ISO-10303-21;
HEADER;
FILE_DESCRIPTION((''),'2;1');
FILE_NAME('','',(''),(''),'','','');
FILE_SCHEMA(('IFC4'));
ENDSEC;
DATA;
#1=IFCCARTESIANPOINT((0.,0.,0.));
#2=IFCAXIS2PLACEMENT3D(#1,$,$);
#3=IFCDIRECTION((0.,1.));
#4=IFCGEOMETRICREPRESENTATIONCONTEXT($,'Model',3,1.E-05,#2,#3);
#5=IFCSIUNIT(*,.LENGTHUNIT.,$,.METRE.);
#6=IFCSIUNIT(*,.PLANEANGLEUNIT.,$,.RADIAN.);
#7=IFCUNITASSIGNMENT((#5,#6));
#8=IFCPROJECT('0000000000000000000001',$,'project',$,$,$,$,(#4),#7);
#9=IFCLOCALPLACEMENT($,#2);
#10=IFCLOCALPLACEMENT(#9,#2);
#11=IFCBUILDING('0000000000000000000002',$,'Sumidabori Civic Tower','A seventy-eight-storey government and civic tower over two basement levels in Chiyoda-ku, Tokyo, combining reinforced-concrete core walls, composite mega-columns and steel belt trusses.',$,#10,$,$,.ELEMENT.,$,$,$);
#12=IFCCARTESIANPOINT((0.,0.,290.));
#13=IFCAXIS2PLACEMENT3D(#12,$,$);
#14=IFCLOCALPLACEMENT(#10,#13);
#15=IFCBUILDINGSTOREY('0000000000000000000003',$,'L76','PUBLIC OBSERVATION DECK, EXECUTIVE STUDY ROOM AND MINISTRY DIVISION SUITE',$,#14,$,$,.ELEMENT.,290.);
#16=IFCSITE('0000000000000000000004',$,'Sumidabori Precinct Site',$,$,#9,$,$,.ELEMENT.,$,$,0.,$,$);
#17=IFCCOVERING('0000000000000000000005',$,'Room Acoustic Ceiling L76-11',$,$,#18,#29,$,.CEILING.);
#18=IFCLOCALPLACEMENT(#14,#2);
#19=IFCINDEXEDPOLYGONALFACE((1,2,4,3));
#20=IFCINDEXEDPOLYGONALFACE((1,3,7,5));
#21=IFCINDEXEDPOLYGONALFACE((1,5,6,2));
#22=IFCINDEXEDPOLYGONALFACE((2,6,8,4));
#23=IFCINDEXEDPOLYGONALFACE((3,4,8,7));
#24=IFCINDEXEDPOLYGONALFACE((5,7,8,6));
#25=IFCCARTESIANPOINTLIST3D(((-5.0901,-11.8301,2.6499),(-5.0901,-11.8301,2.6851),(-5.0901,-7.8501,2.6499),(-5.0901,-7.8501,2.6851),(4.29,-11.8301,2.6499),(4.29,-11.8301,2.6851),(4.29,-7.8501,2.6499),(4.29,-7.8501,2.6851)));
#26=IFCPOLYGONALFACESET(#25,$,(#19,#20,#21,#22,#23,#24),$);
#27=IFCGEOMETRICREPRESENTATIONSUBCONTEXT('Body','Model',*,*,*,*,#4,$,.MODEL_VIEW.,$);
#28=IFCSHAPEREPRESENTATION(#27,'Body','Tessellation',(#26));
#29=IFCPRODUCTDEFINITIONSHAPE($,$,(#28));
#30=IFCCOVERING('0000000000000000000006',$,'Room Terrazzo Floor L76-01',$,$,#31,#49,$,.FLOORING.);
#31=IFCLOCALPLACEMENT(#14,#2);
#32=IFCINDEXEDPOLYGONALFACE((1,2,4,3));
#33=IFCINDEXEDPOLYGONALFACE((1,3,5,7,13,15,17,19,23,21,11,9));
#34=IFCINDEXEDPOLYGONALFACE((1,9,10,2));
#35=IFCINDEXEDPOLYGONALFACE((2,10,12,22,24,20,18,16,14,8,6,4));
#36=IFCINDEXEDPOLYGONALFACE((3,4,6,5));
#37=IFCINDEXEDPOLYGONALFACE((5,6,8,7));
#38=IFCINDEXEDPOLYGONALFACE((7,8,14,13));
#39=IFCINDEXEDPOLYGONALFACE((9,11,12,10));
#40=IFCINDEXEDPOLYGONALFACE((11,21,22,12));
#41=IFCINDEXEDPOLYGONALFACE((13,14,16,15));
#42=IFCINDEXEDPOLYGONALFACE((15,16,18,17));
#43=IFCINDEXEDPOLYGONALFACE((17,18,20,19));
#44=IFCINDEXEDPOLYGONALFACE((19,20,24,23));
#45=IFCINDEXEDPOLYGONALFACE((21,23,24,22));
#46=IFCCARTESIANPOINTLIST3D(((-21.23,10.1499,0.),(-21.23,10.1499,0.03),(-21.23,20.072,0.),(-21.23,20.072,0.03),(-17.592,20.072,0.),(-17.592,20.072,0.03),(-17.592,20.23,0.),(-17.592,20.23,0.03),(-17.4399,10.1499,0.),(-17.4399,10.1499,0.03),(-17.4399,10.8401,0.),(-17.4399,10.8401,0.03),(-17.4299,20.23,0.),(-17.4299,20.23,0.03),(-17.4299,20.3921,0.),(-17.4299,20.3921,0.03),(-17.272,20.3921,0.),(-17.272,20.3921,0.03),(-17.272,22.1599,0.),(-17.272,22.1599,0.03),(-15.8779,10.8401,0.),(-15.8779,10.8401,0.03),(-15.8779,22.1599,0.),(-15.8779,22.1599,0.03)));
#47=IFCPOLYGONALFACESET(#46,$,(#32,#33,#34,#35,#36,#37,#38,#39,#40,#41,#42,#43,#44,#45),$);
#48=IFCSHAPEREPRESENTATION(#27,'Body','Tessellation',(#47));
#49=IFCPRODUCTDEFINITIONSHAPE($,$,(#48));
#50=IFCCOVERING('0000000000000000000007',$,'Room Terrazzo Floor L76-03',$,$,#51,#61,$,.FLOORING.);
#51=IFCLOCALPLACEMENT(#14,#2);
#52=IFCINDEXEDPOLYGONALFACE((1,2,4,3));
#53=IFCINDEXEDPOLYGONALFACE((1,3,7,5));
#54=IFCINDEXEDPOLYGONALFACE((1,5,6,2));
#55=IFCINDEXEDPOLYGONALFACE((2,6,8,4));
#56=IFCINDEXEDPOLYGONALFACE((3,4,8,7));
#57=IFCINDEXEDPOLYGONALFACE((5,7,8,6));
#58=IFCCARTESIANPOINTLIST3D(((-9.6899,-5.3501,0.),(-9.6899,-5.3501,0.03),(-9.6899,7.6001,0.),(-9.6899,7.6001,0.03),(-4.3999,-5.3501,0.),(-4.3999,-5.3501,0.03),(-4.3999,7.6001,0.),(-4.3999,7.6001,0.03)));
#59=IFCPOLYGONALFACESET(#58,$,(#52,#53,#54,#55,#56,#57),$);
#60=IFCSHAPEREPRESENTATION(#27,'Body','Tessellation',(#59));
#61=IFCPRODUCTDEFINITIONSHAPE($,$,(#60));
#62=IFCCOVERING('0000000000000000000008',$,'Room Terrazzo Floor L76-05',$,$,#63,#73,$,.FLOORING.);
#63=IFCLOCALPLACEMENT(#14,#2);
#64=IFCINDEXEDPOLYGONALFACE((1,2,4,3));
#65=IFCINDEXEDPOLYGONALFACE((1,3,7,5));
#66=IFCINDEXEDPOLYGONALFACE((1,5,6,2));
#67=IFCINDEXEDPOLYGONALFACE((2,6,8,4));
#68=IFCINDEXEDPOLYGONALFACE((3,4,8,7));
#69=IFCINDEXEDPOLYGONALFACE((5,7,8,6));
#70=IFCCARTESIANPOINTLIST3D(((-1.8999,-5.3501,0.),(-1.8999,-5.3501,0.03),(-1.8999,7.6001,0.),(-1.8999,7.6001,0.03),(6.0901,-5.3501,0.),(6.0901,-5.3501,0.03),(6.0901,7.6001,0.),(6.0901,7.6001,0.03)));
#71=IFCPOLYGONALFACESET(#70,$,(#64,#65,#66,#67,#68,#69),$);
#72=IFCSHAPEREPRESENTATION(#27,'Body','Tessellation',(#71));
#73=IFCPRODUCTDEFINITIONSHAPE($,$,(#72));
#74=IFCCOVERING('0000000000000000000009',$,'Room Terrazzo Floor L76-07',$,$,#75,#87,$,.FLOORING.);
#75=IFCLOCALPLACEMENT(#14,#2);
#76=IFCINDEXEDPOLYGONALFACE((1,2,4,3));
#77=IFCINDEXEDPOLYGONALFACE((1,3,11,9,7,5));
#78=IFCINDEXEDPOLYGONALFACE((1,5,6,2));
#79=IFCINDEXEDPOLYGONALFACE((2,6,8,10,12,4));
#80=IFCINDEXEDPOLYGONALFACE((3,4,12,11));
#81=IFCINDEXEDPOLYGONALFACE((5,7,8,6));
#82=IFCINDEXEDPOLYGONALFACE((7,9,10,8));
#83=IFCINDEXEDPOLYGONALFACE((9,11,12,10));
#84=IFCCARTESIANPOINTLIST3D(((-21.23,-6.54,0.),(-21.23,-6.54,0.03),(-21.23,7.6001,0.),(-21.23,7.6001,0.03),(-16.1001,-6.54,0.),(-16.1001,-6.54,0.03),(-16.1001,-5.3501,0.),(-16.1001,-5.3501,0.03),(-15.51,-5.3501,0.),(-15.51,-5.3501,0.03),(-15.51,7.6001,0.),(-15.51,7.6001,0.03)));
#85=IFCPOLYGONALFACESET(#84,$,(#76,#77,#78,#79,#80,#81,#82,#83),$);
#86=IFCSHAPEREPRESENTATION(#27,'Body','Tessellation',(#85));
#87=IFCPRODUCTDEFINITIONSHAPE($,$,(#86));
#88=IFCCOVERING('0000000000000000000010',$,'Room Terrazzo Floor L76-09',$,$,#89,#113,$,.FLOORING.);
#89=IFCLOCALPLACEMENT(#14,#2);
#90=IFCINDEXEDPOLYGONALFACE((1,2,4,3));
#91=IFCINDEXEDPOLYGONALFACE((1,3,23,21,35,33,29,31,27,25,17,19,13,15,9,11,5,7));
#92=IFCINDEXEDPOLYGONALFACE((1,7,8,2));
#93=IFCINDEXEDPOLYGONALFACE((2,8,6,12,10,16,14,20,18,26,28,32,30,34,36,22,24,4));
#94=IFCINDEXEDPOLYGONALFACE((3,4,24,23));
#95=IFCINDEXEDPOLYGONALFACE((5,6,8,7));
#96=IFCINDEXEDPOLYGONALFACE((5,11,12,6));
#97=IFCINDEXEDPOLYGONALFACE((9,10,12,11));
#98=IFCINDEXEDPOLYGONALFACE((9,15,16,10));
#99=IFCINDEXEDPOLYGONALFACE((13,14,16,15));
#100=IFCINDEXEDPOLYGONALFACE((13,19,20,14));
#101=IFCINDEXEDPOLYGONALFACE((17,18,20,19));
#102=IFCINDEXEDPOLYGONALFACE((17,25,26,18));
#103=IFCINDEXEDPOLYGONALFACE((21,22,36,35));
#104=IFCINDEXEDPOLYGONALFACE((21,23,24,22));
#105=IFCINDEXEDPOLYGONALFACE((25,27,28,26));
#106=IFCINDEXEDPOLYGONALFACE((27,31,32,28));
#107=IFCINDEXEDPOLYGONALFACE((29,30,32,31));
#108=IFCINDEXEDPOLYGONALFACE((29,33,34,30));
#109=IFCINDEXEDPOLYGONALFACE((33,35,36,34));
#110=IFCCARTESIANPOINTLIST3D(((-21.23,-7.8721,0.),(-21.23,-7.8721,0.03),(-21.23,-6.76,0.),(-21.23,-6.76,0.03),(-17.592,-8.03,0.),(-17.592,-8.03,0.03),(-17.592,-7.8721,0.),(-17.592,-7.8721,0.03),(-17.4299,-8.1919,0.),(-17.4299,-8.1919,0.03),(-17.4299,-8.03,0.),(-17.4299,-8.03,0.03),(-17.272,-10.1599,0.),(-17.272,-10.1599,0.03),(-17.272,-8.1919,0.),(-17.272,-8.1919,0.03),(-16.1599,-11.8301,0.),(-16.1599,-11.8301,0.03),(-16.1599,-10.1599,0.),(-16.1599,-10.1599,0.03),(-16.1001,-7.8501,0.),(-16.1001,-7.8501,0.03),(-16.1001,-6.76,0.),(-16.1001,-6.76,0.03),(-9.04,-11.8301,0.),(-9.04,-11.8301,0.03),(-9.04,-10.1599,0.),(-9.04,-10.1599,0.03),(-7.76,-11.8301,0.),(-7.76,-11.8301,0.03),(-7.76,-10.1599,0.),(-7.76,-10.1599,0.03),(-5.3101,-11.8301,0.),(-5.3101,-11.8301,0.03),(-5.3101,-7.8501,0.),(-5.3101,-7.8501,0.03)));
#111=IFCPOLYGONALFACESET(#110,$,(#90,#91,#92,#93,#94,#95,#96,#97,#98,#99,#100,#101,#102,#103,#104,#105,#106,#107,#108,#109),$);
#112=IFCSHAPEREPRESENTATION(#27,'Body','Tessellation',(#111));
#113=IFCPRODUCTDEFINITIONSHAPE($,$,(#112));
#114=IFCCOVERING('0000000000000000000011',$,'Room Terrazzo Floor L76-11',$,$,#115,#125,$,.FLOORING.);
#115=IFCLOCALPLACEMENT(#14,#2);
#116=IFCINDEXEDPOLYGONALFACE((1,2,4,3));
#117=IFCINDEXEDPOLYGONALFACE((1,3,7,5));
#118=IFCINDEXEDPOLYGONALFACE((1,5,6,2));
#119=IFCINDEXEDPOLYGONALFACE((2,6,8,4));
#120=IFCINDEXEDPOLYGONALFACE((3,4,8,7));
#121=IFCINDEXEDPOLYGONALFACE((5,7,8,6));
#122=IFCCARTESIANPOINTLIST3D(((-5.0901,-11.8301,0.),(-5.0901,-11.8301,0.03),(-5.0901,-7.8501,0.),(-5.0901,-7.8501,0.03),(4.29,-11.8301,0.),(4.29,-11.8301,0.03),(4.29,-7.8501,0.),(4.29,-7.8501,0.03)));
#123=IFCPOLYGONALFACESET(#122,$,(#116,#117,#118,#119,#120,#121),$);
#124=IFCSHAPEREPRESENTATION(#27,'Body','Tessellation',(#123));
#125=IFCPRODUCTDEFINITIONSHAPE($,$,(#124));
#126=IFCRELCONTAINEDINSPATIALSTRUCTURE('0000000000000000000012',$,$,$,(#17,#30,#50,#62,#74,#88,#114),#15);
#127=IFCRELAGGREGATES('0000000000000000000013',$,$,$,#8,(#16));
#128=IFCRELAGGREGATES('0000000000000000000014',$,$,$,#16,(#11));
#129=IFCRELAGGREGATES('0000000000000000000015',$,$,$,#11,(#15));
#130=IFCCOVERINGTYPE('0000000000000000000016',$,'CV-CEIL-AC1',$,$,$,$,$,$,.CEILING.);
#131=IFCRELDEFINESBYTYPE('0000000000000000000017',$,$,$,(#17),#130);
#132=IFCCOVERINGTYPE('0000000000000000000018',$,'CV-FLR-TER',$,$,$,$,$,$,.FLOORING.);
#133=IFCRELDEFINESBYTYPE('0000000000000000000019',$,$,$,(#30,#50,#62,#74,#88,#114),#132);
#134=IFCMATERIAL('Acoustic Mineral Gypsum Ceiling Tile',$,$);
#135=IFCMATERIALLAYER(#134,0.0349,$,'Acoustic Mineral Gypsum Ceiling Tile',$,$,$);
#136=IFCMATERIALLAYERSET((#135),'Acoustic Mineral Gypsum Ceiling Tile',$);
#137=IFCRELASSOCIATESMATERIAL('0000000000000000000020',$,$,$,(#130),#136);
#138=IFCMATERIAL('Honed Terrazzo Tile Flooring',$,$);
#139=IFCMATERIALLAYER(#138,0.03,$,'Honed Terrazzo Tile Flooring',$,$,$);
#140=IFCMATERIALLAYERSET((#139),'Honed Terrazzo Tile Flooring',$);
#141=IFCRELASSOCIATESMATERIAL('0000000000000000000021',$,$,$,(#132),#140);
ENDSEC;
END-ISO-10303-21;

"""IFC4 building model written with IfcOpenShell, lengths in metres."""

from ifc_helpers import new_model, si_unit, direction, frame, origin, place, context, subcontext, project, spatial, polyline, outline, extrude, material, layer, layer_set, type_object, element, save


model = new_model("IFC4")

# Units and contexts
model_context = context("Model", 3, precision=1e-05, world=origin(), true_north=direction((0.0, 1.0)))
body_context = subcontext(model_context, "Body", "Model", "MODEL_VIEW")
ifc_project = project(units=[si_unit("LENGTHUNIT", "METRE"), si_unit("PLANEANGLEUNIT", "RADIAN")], contexts=[model_context])

# Site, building, storey
site_placement = place(None, origin())
site = spatial("IfcSite", under=ifc_project, at=site_placement, Name="Sumidabori Precinct Site", CompositionType="ELEMENT", RefElevation=0.0)
building_placement = place(site_placement, origin())
building = spatial("IfcBuilding", under=site, at=building_placement, Name="Sumidabori Civic Tower", Description="A seventy-eight-storey government and civic tower over two basement levels in Chiyoda-ku, Tokyo, combining reinforced-concrete core walls, composite mega-columns and steel belt trusses.", CompositionType="ELEMENT")
storey_placement = place(building_placement, frame((0.0, 0.0, 290.0)))
storey = spatial("IfcBuildingStorey", under=building, at=storey_placement, Name="L76", Description="PUBLIC OBSERVATION DECK, EXECUTIVE STUDY ROOM AND MINISTRY DIVISION SUITE", CompositionType="ELEMENT", Elevation=290.0)

# Coverings
ifc_material_1 = material(Name="Acoustic Mineral Gypsum Ceiling Tile")
ifc_layer_1 = layer(ifc_material_1, 0.0349, Name="Acoustic Mineral Gypsum Ceiling Tile")
ifc_layer_set_1 = layer_set([ifc_layer_1], Name="Acoustic Mineral Gypsum Ceiling Tile")
covering_type_1 = type_object("IfcCoveringType", Name="CV-CEIL-AC1", PredefinedType="CEILING", material=ifc_layer_set_1)
covering_1_placement = place(storey_placement, frame((0.0, 0.0, 2.6499)))
element("IfcCovering", 1, at=covering_1_placement, inside=storey, type_object=covering_type_1, Name="Room Acoustic Ceiling L76-11", PredefinedType="CEILING", context=body_context, shape_type="SweptSolid", body=[
    extrude(outline(polyline([(4.29, -7.8501), (4.29, -11.8301), (-5.0901, -11.8301), (-5.0901, -7.8501), (4.29, -7.8501)])), origin(), (0.0, 0.0, 1.0), 0.0352),
])
ifc_material_2 = material(Name="Honed Terrazzo Tile Flooring")
ifc_layer_2 = layer(ifc_material_2, 0.03, Name="Honed Terrazzo Tile Flooring")
ifc_layer_set_2 = layer_set([ifc_layer_2], Name="Honed Terrazzo Tile Flooring")
covering_type_2 = type_object("IfcCoveringType", Name="CV-FLR-TER", PredefinedType="FLOORING", material=ifc_layer_set_2)
covering_2_placement = place(storey_placement, origin())
element("IfcCovering", 2, at=covering_2_placement, inside=storey, type_object=covering_type_2, Name="Room Terrazzo Floor L76-01", PredefinedType="FLOORING", context=body_context, shape_type="SweptSolid", body=[
    extrude(outline(polyline([(-17.592, 20.23), (-17.4299, 20.23), (-17.4299, 20.3921), (-17.272, 20.3921), (-17.272, 22.1599), (-15.8779, 22.1599), (-15.8779, 10.8401), (-17.4399, 10.8401), (-17.4399, 10.1499), (-21.23, 10.1499), (-21.23, 20.072), (-17.592, 20.072), (-17.592, 20.23)])), origin(), (0.0, 0.0, 1.0), 0.03),
])
covering_3_placement = place(storey_placement, origin())
element("IfcCovering", 3, at=covering_3_placement, inside=storey, type_object=covering_type_2, Name="Room Terrazzo Floor L76-03", PredefinedType="FLOORING", context=body_context, shape_type="SweptSolid", body=[
    extrude(outline(polyline([(-9.6899, 7.6001), (-4.3999, 7.6001), (-4.3999, -5.3501), (-9.6899, -5.3501), (-9.6899, 7.6001)])), origin(), (0.0, 0.0, 1.0), 0.03),
])
covering_4_placement = place(storey_placement, origin())
element("IfcCovering", 4, at=covering_4_placement, inside=storey, type_object=covering_type_2, Name="Room Terrazzo Floor L76-05", PredefinedType="FLOORING", context=body_context, shape_type="SweptSolid", body=[
    extrude(outline(polyline([(-1.8999, -5.3501), (-1.8999, 7.6001), (6.0901, 7.6001), (6.0901, -5.3501), (-1.8999, -5.3501)])), origin(), (0.0, 0.0, 1.0), 0.03),
])
covering_5_placement = place(storey_placement, origin())
element("IfcCovering", 5, at=covering_5_placement, inside=storey, type_object=covering_type_2, Name="Room Terrazzo Floor L76-07", PredefinedType="FLOORING", context=body_context, shape_type="SweptSolid", body=[
    extrude(outline(polyline([(-21.23, -6.54), (-21.23, 7.6001), (-15.51, 7.6001), (-15.51, -5.3501), (-16.1001, -5.3501), (-16.1001, -6.54), (-21.23, -6.54)])), origin(), (0.0, 0.0, 1.0), 0.03),
])
covering_6_placement = place(storey_placement, origin())
element("IfcCovering", 6, at=covering_6_placement, inside=storey, type_object=covering_type_2, Name="Room Terrazzo Floor L76-09", PredefinedType="FLOORING", context=body_context, shape_type="SweptSolid", body=[
    extrude(outline(polyline([(-21.23, -7.8721), (-21.23, -6.76), (-16.1001, -6.76), (-16.1001, -7.8501), (-5.3101, -7.8501), (-5.3101, -11.8301), (-7.76, -11.8301), (-7.76, -10.1599), (-9.04, -10.1599), (-9.04, -11.8301), (-16.1599, -11.8301), (-16.1599, -10.1599), (-17.272, -10.1599), (-17.272, -8.1919), (-17.4299, -8.1919), (-17.4299, -8.03), (-17.592, -8.03), (-17.592, -7.8721), (-21.23, -7.8721)])), origin(), (0.0, 0.0, 1.0), 0.03),
])
covering_7_placement = place(storey_placement, origin())
element("IfcCovering", 7, at=covering_7_placement, inside=storey, type_object=covering_type_2, Name="Room Terrazzo Floor L76-11", PredefinedType="FLOORING", context=body_context, shape_type="SweptSolid", body=[
    extrude(outline(polyline([(4.29, -7.8501), (4.29, -11.8301), (-5.0901, -11.8301), (-5.0901, -7.8501), (4.29, -7.8501)])), origin(), (0.0, 0.0, 1.0), 0.03),
])

save(model, "model.ifc")
